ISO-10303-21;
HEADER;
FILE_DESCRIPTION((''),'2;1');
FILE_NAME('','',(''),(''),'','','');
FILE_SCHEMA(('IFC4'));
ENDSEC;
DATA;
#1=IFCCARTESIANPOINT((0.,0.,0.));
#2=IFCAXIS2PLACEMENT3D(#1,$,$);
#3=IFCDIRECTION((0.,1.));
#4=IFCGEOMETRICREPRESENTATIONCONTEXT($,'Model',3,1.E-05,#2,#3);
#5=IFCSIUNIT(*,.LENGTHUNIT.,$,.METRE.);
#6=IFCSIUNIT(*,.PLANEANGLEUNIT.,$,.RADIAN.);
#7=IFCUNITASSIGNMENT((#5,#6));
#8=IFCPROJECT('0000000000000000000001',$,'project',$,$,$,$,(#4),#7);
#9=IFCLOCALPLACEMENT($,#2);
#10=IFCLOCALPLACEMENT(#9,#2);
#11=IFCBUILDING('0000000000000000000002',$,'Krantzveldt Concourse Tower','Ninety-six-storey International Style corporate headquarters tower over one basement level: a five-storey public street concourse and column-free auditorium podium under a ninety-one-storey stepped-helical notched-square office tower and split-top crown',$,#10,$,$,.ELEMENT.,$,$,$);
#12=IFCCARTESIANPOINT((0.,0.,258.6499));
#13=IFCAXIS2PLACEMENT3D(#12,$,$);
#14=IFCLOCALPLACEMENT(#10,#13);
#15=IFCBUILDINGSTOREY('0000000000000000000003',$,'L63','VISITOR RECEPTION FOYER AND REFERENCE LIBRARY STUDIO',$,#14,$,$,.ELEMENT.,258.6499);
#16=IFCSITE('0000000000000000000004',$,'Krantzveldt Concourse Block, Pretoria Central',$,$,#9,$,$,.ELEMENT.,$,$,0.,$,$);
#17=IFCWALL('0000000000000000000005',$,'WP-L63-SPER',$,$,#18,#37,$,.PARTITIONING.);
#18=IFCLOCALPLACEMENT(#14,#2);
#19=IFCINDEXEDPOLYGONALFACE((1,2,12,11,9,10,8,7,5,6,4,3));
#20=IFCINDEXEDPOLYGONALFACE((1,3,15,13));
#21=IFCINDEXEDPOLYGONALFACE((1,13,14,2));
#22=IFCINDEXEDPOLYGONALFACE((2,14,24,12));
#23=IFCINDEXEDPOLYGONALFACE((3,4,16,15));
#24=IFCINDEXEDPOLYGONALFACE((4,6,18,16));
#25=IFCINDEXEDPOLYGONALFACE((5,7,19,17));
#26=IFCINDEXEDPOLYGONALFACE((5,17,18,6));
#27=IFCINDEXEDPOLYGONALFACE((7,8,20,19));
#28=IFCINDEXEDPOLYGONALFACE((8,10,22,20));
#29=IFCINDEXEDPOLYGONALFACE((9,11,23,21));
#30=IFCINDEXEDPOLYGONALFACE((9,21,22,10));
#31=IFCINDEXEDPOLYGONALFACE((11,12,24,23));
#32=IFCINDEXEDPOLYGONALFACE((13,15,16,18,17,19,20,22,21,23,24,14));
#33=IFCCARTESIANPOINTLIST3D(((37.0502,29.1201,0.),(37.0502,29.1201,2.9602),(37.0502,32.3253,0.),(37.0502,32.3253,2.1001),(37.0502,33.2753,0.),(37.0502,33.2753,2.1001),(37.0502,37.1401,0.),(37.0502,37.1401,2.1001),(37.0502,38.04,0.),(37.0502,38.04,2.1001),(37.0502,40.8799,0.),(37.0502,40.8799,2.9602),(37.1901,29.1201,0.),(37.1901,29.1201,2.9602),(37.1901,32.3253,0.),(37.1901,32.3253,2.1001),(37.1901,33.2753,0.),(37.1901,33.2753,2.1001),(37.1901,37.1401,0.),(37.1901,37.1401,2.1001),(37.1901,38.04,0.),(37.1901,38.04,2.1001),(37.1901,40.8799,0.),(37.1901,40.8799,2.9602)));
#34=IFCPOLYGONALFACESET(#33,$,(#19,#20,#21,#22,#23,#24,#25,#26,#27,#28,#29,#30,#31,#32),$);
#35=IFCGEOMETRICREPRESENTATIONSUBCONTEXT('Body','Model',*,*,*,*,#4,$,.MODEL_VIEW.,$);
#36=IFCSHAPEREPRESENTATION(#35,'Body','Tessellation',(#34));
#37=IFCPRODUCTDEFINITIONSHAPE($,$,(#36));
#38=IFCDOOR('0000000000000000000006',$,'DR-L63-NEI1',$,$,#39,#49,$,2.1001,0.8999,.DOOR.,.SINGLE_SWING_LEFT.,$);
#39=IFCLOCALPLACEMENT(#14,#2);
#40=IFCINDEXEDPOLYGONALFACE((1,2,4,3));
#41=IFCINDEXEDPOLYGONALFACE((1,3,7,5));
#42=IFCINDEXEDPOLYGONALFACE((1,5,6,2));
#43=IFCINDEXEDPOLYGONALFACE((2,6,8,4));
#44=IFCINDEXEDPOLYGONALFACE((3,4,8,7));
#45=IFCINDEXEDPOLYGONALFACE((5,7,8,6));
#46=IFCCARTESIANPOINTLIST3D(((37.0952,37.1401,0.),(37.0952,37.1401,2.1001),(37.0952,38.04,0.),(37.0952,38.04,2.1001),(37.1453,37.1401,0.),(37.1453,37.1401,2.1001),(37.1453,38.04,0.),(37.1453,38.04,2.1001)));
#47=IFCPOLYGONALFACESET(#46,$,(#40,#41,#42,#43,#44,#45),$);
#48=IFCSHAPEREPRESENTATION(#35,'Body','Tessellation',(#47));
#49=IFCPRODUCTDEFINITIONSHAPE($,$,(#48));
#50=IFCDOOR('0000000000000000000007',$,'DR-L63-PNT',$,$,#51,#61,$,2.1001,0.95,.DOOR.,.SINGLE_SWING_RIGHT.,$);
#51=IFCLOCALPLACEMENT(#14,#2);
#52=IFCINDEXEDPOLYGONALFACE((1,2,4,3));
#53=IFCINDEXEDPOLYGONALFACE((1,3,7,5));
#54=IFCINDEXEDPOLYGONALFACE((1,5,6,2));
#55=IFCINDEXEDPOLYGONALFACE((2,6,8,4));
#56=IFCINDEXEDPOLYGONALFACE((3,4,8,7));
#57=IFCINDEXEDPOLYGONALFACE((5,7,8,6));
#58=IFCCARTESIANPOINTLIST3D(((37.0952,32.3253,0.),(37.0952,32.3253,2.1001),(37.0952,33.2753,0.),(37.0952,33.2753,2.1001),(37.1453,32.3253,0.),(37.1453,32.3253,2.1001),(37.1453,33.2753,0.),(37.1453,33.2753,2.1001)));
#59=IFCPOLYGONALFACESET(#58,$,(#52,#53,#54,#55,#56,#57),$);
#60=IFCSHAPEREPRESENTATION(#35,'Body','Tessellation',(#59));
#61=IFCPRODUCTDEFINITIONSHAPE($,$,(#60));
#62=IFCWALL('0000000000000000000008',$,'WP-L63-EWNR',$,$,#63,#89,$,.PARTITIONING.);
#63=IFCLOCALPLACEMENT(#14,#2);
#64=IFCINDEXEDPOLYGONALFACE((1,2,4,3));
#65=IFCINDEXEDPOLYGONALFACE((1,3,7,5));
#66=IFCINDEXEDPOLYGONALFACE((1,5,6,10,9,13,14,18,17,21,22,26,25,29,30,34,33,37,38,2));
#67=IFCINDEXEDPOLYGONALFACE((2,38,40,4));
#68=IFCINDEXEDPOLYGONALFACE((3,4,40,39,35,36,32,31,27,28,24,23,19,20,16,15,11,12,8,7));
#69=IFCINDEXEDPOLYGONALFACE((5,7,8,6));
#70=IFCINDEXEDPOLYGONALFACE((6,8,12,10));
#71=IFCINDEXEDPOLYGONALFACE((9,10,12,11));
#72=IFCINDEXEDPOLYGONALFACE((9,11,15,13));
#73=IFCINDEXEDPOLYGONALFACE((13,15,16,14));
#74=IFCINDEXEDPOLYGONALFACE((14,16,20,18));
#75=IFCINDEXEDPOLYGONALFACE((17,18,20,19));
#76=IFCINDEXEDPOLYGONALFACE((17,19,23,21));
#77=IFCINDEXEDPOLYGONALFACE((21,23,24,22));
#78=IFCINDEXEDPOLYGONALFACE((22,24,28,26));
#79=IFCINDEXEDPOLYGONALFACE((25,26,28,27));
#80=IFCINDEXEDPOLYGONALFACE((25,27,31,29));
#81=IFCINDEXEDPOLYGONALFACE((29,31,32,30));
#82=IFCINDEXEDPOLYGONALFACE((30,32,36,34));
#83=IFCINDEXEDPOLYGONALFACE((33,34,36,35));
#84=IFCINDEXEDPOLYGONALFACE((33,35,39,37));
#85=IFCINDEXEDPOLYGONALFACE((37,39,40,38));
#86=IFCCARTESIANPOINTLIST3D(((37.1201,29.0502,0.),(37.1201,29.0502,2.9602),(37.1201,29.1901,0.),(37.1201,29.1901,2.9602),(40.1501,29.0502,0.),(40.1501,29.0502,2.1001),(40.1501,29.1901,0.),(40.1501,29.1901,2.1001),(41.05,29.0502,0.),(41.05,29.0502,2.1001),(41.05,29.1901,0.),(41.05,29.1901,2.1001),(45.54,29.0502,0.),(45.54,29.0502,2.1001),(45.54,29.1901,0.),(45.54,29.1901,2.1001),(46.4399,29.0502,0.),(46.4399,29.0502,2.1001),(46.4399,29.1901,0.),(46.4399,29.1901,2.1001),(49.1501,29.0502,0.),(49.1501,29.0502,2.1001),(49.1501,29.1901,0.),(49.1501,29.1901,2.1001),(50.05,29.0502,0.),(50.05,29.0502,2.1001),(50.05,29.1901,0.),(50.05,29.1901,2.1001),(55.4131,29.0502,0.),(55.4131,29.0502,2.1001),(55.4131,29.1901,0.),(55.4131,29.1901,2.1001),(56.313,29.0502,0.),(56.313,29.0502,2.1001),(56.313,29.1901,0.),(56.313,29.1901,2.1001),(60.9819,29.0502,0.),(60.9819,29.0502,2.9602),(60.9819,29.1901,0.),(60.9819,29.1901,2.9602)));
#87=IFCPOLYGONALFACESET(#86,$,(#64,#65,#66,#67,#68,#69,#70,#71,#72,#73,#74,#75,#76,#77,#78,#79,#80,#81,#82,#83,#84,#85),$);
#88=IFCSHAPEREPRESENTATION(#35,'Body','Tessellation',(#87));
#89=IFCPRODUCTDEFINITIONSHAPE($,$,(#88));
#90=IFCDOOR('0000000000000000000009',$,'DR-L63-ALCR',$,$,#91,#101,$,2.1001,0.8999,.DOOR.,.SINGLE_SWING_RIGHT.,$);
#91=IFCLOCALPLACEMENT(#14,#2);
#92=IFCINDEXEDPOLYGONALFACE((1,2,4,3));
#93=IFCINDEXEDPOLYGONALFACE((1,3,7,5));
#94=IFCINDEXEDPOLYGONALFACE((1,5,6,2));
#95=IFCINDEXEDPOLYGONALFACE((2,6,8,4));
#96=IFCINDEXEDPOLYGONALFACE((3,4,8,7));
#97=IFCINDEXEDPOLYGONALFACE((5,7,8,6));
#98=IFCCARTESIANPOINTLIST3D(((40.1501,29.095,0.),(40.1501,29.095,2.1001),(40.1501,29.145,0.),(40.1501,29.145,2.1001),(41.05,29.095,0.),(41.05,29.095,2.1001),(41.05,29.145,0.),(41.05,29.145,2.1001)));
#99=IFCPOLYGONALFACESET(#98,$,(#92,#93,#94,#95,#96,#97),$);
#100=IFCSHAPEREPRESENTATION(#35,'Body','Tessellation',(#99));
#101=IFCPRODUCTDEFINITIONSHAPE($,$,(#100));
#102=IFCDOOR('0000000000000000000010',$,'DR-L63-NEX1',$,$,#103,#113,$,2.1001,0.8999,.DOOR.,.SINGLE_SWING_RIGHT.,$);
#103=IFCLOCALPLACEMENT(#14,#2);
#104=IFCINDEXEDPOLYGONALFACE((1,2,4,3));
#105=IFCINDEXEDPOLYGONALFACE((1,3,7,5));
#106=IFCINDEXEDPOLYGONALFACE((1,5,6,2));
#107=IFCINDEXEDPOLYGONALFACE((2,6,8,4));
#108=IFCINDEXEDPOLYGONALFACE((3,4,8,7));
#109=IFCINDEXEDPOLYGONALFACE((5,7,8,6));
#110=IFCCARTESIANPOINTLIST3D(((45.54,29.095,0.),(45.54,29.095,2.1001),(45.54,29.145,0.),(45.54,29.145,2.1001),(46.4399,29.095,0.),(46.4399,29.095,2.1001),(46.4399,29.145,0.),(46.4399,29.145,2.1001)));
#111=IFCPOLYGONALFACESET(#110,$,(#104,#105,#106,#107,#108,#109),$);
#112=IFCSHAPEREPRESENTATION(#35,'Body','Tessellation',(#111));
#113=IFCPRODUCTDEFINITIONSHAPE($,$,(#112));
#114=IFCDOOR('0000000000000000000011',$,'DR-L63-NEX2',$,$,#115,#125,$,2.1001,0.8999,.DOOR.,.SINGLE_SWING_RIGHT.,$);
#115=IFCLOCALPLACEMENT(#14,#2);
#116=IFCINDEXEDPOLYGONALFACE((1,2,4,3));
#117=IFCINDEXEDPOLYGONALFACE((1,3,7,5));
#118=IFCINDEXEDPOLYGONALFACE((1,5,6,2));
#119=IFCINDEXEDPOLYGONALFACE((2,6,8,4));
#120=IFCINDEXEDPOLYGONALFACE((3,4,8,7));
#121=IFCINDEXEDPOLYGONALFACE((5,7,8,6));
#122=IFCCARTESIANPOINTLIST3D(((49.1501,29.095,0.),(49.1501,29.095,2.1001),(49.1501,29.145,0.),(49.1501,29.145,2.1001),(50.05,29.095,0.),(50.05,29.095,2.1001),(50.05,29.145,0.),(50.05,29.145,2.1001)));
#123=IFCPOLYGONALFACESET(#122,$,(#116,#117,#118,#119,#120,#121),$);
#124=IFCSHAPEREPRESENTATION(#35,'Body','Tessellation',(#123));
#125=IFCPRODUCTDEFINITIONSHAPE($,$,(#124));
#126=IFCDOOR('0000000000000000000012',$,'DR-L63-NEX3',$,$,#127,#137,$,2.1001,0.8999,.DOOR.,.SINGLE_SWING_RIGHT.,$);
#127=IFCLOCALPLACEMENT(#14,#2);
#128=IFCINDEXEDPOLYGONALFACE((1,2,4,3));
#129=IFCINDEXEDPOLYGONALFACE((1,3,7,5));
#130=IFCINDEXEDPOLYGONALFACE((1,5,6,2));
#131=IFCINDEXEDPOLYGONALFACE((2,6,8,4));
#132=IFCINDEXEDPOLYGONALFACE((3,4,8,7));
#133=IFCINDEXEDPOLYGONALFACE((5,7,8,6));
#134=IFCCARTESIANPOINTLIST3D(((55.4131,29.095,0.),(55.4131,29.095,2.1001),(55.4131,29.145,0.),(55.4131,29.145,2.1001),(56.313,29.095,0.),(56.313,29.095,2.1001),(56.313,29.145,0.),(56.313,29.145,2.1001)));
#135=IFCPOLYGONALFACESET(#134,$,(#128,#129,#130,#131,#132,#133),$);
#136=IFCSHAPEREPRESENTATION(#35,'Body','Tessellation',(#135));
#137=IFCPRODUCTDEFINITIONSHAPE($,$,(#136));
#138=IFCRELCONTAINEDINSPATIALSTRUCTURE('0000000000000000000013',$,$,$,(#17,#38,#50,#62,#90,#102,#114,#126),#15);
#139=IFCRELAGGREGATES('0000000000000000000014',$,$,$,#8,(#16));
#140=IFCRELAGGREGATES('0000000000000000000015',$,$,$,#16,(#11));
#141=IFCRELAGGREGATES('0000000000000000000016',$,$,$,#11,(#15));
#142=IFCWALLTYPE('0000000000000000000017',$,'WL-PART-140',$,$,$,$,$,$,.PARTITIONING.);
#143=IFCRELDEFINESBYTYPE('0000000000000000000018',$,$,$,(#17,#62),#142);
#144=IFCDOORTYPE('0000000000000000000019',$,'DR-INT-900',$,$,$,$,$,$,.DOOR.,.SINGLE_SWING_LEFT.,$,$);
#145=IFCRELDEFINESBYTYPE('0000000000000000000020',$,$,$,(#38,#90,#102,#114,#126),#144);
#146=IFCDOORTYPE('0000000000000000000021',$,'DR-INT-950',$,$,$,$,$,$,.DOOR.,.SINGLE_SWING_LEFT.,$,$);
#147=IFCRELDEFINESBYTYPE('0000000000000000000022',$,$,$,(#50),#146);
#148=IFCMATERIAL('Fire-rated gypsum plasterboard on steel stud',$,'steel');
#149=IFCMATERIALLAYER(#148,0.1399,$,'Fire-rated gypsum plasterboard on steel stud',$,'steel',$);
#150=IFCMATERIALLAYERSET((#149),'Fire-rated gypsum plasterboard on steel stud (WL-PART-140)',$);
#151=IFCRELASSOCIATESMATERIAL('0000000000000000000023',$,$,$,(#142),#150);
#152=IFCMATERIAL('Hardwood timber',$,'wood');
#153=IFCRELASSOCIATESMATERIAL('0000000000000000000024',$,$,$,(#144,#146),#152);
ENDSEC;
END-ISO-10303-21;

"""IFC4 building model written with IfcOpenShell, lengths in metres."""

from ifc_helpers import new_model, si_unit, direction, frame, frame_2d, origin, place, context, subcontext, project, spatial, rectangle, extrude, material, layer, layer_set, type_object, element, fill, save


model = new_model("IFC4")

# Units and contexts
model_context = context("Model", 3, precision=1e-05, world=origin(), true_north=direction((0.0, 1.0)))
body_context = subcontext(model_context, "Body", "Model", "MODEL_VIEW")
ifc_project = project(units=[si_unit("LENGTHUNIT", "METRE"), si_unit("PLANEANGLEUNIT", "RADIAN")], contexts=[model_context])

# Site, building, storey
site_placement = place(None, origin())
site = spatial("IfcSite", under=ifc_project, at=site_placement, Name="Krantzveldt Concourse Block, Pretoria Central", CompositionType="ELEMENT", RefElevation=0.0)
building_placement = place(site_placement, origin())
building = spatial("IfcBuilding", under=site, at=building_placement, Name="Krantzveldt Concourse Tower", Description="Ninety-six-storey International Style corporate headquarters tower over one basement level: a five-storey public street concourse and column-free auditorium podium under a ninety-one-storey stepped-helical notched-square office tower and split-top crown", CompositionType="ELEMENT")
storey_placement = place(building_placement, frame((0.0, 0.0, 258.6499)))
storey = spatial("IfcBuildingStorey", under=building, at=storey_placement, Name="L63", Description="VISITOR RECEPTION FOYER AND REFERENCE LIBRARY STUDIO", CompositionType="ELEMENT", Elevation=258.6499)

# Shared definitions
ifc_material_1 = material(Name="Fire-rated gypsum plasterboard on steel stud", Category="steel")

# Walls, openings, doors
ifc_layer_1 = layer(ifc_material_1, 0.1399, Name="Fire-rated gypsum plasterboard on steel stud", Category="steel")
ifc_layer_set_1 = layer_set([ifc_layer_1], Name="Fire-rated gypsum plasterboard on steel stud (WL-PART-140)")
wall_type_1 = type_object("IfcWallType", Name="WL-PART-140", PredefinedType="PARTITIONING", material=ifc_layer_set_1)
ifc_material_2 = material(Name="Hardwood timber", Category="wood")
door_type_1 = type_object("IfcDoorType", Name="DR-INT-900", OperationType="SINGLE_SWING_LEFT", PredefinedType="DOOR", material=ifc_material_2)
door_type_2 = type_object("IfcDoorType", Name="DR-INT-950", OperationType="SINGLE_SWING_LEFT", PredefinedType="DOOR", material=ifc_material_2)
wall_1_placement = place(storey_placement, frame((37.1201, 29.1201, 0.0), z_axis=(0.0, 0.0, 1.0), x_axis=(0.0, 1.0, 0.0)))
wall_1 = element("IfcWall", 1, at=wall_1_placement, inside=storey, type_object=wall_type_1, Name="WP-L63-SPER", PredefinedType="PARTITIONING", context=body_context, shape_type="SweptSolid", body=[
    extrude(rectangle(XDim=11.7598, YDim=0.1399, at=frame_2d((5.8799, 0.0))), origin(), (0.0, 0.0, 1.0), 2.9602),
])
opening_1_placement = place(wall_1_placement, frame((3.2051, 0.0, 0.0)))
opening_1 = element("IfcOpeningElement", 2, at=opening_1_placement, cuts=wall_1, PredefinedType="OPENING", context=body_context, shape_type="SweptSolid", body=[
    extrude(rectangle(XDim=0.95, YDim=2.1001, at=frame_2d((0.4751, 1.05))), frame((0.0, 0.0801, 0.0), z_axis=(0.0, -1.0, 0.0), x_axis=(1.0, 0.0, 0.0)), (0.0, 0.0, 1.0), 0.1599),
])
opening_2_placement = place(wall_1_placement, frame((8.02, 0.0, 0.0)))
opening_2 = element("IfcOpeningElement", 3, at=opening_2_placement, cuts=wall_1, PredefinedType="OPENING", context=body_context, shape_type="SweptSolid", body=[
    extrude(rectangle(XDim=0.8999, YDim=2.1001, at=frame_2d((0.45, 1.05))), frame((0.0, 0.0801, 0.0), z_axis=(0.0, -1.0, 0.0), x_axis=(1.0, 0.0, 0.0)), (0.0, 0.0, 1.0), 0.1599),
])
door_1_placement = place(opening_2_placement, origin())
door_1 = element("IfcDoor", 4, at=door_1_placement, inside=storey, type_object=door_type_1, Name="DR-L63-NEI1", OperationType="SINGLE_SWING_LEFT", OverallHeight=2.1001, OverallWidth=0.8999, PredefinedType="DOOR", context=body_context, shape_type="SweptSolid", body=[
    extrude(rectangle(XDim=0.8999, YDim=2.1001, at=frame_2d((0.45, 1.05))), frame((0.0, 0.0249, 0.0), z_axis=(0.0, -1.0, 0.0), x_axis=(1.0, 0.0, 0.0)), (0.0, 0.0, 1.0), 0.05),
])
fill(opening_2, door_1)
door_2_placement = place(opening_1_placement, origin())
door_2 = element("IfcDoor", 5, at=door_2_placement, inside=storey, type_object=door_type_2, Name="DR-L63-PNT", OperationType="SINGLE_SWING_RIGHT", OverallHeight=2.1001, OverallWidth=0.95, PredefinedType="DOOR", context=body_context, shape_type="SweptSolid", body=[
    extrude(rectangle(XDim=0.95, YDim=2.1001, at=frame_2d((0.4751, 1.05))), frame((0.0, 0.0249, 0.0), z_axis=(0.0, -1.0, 0.0), x_axis=(1.0, 0.0, 0.0)), (0.0, 0.0, 1.0), 0.05),
])
fill(opening_1, door_2)
wall_2_placement = place(storey_placement, frame((37.1201, 29.1201, 0.0), z_axis=(0.0, 0.0, 1.0), x_axis=(1.0, 0.0, 0.0)))
wall_2 = element("IfcWall", 6, at=wall_2_placement, inside=storey, type_object=wall_type_1, Name="WP-L63-EWNR", PredefinedType="PARTITIONING", context=body_context, shape_type="SweptSolid", body=[
    extrude(rectangle(XDim=23.8618, YDim=0.1399, at=frame_2d((11.9309, 0.0))), origin(), (0.0, 0.0, 1.0), 2.9602),
])
opening_3_placement = place(wall_2_placement, frame((3.03, 0.0, 0.0)))
opening_3 = element("IfcOpeningElement", 7, at=opening_3_placement, cuts=wall_2, PredefinedType="OPENING", context=body_context, shape_type="SweptSolid", body=[
    extrude(rectangle(XDim=0.8999, YDim=2.1001, at=frame_2d((0.45, 1.05))), frame((0.0, 0.0801, 0.0), z_axis=(0.0, -1.0, 0.0), x_axis=(1.0, 0.0, 0.0)), (0.0, 0.0, 1.0), 0.1599),
])
opening_4_placement = place(wall_2_placement, frame((8.4199, 0.0, 0.0)))
opening_4 = element("IfcOpeningElement", 8, at=opening_4_placement, cuts=wall_2, PredefinedType="OPENING", context=body_context, shape_type="SweptSolid", body=[
    extrude(rectangle(XDim=0.8999, YDim=2.1001, at=frame_2d((0.45, 1.05))), frame((0.0, 0.0801, 0.0), z_axis=(0.0, -1.0, 0.0), x_axis=(1.0, 0.0, 0.0)), (0.0, 0.0, 1.0), 0.1599),
])
opening_5_placement = place(wall_2_placement, frame((12.03, 0.0, 0.0)))
opening_5 = element("IfcOpeningElement", 9, at=opening_5_placement, cuts=wall_2, PredefinedType="OPENING", context=body_context, shape_type="SweptSolid", body=[
    extrude(rectangle(XDim=0.8999, YDim=2.1001, at=frame_2d((0.45, 1.05))), frame((0.0, 0.0801, 0.0), z_axis=(0.0, -1.0, 0.0), x_axis=(1.0, 0.0, 0.0)), (0.0, 0.0, 1.0), 0.1599),
])
opening_6_placement = place(wall_2_placement, frame((18.293, 0.0, 0.0)))
opening_6 = element("IfcOpeningElement", 10, at=opening_6_placement, cuts=wall_2, PredefinedType="OPENING", context=body_context, shape_type="SweptSolid", body=[
    extrude(rectangle(XDim=0.8999, YDim=2.1001, at=frame_2d((0.45, 1.05))), frame((0.0, 0.0801, 0.0), z_axis=(0.0, -1.0, 0.0), x_axis=(1.0, 0.0, 0.0)), (0.0, 0.0, 1.0), 0.1599),
])
door_3_placement = place(opening_3_placement, origin())
door_3 = element("IfcDoor", 11, at=door_3_placement, inside=storey, type_object=door_type_1, Name="DR-L63-ALCR", OperationType="SINGLE_SWING_RIGHT", OverallHeight=2.1001, OverallWidth=0.8999, PredefinedType="DOOR", context=body_context, shape_type="SweptSolid", body=[
    extrude(rectangle(XDim=0.8999, YDim=2.1001, at=frame_2d((0.45, 1.05))), frame((0.0, 0.0249, 0.0), z_axis=(0.0, -1.0, 0.0), x_axis=(1.0, 0.0, 0.0)), (0.0, 0.0, 1.0), 0.05),
])
fill(opening_3, door_3)
door_4_placement = place(opening_4_placement, origin())
door_4 = element("IfcDoor", 12, at=door_4_placement, inside=storey, type_object=door_type_1, Name="DR-L63-NEX1", OperationType="SINGLE_SWING_RIGHT", OverallHeight=2.1001, OverallWidth=0.8999, PredefinedType="DOOR", context=body_context, shape_type="SweptSolid", body=[
    extrude(rectangle(XDim=0.8999, YDim=2.1001, at=frame_2d((0.45, 1.05))), frame((0.0, 0.0249, 0.0), z_axis=(0.0, -1.0, 0.0), x_axis=(1.0, 0.0, 0.0)), (0.0, 0.0, 1.0), 0.05),
])
fill(opening_4, door_4)
door_5_placement = place(opening_5_placement, origin())
door_5 = element("IfcDoor", 13, at=door_5_placement, inside=storey, type_object=door_type_1, Name="DR-L63-NEX2", OperationType="SINGLE_SWING_RIGHT", OverallHeight=2.1001, OverallWidth=0.8999, PredefinedType="DOOR", context=body_context, shape_type="SweptSolid", body=[
    extrude(rectangle(XDim=0.8999, YDim=2.1001, at=frame_2d((0.45, 1.05))), frame((0.0, 0.0249, 0.0), z_axis=(0.0, -1.0, 0.0), x_axis=(1.0, 0.0, 0.0)), (0.0, 0.0, 1.0), 0.05),
])
fill(opening_5, door_5)
door_6_placement = place(opening_6_placement, origin())
door_6 = element("IfcDoor", 14, at=door_6_placement, inside=storey, type_object=door_type_1, Name="DR-L63-NEX3", OperationType="SINGLE_SWING_RIGHT", OverallHeight=2.1001, OverallWidth=0.8999, PredefinedType="DOOR", context=body_context, shape_type="SweptSolid", body=[
    extrude(rectangle(XDim=0.8999, YDim=2.1001, at=frame_2d((0.45, 1.05))), frame((0.0, 0.0249, 0.0), z_axis=(0.0, -1.0, 0.0), x_axis=(1.0, 0.0, 0.0)), (0.0, 0.0, 1.0), 0.05),
])
fill(opening_6, door_6)

save(model, "model.ifc")
